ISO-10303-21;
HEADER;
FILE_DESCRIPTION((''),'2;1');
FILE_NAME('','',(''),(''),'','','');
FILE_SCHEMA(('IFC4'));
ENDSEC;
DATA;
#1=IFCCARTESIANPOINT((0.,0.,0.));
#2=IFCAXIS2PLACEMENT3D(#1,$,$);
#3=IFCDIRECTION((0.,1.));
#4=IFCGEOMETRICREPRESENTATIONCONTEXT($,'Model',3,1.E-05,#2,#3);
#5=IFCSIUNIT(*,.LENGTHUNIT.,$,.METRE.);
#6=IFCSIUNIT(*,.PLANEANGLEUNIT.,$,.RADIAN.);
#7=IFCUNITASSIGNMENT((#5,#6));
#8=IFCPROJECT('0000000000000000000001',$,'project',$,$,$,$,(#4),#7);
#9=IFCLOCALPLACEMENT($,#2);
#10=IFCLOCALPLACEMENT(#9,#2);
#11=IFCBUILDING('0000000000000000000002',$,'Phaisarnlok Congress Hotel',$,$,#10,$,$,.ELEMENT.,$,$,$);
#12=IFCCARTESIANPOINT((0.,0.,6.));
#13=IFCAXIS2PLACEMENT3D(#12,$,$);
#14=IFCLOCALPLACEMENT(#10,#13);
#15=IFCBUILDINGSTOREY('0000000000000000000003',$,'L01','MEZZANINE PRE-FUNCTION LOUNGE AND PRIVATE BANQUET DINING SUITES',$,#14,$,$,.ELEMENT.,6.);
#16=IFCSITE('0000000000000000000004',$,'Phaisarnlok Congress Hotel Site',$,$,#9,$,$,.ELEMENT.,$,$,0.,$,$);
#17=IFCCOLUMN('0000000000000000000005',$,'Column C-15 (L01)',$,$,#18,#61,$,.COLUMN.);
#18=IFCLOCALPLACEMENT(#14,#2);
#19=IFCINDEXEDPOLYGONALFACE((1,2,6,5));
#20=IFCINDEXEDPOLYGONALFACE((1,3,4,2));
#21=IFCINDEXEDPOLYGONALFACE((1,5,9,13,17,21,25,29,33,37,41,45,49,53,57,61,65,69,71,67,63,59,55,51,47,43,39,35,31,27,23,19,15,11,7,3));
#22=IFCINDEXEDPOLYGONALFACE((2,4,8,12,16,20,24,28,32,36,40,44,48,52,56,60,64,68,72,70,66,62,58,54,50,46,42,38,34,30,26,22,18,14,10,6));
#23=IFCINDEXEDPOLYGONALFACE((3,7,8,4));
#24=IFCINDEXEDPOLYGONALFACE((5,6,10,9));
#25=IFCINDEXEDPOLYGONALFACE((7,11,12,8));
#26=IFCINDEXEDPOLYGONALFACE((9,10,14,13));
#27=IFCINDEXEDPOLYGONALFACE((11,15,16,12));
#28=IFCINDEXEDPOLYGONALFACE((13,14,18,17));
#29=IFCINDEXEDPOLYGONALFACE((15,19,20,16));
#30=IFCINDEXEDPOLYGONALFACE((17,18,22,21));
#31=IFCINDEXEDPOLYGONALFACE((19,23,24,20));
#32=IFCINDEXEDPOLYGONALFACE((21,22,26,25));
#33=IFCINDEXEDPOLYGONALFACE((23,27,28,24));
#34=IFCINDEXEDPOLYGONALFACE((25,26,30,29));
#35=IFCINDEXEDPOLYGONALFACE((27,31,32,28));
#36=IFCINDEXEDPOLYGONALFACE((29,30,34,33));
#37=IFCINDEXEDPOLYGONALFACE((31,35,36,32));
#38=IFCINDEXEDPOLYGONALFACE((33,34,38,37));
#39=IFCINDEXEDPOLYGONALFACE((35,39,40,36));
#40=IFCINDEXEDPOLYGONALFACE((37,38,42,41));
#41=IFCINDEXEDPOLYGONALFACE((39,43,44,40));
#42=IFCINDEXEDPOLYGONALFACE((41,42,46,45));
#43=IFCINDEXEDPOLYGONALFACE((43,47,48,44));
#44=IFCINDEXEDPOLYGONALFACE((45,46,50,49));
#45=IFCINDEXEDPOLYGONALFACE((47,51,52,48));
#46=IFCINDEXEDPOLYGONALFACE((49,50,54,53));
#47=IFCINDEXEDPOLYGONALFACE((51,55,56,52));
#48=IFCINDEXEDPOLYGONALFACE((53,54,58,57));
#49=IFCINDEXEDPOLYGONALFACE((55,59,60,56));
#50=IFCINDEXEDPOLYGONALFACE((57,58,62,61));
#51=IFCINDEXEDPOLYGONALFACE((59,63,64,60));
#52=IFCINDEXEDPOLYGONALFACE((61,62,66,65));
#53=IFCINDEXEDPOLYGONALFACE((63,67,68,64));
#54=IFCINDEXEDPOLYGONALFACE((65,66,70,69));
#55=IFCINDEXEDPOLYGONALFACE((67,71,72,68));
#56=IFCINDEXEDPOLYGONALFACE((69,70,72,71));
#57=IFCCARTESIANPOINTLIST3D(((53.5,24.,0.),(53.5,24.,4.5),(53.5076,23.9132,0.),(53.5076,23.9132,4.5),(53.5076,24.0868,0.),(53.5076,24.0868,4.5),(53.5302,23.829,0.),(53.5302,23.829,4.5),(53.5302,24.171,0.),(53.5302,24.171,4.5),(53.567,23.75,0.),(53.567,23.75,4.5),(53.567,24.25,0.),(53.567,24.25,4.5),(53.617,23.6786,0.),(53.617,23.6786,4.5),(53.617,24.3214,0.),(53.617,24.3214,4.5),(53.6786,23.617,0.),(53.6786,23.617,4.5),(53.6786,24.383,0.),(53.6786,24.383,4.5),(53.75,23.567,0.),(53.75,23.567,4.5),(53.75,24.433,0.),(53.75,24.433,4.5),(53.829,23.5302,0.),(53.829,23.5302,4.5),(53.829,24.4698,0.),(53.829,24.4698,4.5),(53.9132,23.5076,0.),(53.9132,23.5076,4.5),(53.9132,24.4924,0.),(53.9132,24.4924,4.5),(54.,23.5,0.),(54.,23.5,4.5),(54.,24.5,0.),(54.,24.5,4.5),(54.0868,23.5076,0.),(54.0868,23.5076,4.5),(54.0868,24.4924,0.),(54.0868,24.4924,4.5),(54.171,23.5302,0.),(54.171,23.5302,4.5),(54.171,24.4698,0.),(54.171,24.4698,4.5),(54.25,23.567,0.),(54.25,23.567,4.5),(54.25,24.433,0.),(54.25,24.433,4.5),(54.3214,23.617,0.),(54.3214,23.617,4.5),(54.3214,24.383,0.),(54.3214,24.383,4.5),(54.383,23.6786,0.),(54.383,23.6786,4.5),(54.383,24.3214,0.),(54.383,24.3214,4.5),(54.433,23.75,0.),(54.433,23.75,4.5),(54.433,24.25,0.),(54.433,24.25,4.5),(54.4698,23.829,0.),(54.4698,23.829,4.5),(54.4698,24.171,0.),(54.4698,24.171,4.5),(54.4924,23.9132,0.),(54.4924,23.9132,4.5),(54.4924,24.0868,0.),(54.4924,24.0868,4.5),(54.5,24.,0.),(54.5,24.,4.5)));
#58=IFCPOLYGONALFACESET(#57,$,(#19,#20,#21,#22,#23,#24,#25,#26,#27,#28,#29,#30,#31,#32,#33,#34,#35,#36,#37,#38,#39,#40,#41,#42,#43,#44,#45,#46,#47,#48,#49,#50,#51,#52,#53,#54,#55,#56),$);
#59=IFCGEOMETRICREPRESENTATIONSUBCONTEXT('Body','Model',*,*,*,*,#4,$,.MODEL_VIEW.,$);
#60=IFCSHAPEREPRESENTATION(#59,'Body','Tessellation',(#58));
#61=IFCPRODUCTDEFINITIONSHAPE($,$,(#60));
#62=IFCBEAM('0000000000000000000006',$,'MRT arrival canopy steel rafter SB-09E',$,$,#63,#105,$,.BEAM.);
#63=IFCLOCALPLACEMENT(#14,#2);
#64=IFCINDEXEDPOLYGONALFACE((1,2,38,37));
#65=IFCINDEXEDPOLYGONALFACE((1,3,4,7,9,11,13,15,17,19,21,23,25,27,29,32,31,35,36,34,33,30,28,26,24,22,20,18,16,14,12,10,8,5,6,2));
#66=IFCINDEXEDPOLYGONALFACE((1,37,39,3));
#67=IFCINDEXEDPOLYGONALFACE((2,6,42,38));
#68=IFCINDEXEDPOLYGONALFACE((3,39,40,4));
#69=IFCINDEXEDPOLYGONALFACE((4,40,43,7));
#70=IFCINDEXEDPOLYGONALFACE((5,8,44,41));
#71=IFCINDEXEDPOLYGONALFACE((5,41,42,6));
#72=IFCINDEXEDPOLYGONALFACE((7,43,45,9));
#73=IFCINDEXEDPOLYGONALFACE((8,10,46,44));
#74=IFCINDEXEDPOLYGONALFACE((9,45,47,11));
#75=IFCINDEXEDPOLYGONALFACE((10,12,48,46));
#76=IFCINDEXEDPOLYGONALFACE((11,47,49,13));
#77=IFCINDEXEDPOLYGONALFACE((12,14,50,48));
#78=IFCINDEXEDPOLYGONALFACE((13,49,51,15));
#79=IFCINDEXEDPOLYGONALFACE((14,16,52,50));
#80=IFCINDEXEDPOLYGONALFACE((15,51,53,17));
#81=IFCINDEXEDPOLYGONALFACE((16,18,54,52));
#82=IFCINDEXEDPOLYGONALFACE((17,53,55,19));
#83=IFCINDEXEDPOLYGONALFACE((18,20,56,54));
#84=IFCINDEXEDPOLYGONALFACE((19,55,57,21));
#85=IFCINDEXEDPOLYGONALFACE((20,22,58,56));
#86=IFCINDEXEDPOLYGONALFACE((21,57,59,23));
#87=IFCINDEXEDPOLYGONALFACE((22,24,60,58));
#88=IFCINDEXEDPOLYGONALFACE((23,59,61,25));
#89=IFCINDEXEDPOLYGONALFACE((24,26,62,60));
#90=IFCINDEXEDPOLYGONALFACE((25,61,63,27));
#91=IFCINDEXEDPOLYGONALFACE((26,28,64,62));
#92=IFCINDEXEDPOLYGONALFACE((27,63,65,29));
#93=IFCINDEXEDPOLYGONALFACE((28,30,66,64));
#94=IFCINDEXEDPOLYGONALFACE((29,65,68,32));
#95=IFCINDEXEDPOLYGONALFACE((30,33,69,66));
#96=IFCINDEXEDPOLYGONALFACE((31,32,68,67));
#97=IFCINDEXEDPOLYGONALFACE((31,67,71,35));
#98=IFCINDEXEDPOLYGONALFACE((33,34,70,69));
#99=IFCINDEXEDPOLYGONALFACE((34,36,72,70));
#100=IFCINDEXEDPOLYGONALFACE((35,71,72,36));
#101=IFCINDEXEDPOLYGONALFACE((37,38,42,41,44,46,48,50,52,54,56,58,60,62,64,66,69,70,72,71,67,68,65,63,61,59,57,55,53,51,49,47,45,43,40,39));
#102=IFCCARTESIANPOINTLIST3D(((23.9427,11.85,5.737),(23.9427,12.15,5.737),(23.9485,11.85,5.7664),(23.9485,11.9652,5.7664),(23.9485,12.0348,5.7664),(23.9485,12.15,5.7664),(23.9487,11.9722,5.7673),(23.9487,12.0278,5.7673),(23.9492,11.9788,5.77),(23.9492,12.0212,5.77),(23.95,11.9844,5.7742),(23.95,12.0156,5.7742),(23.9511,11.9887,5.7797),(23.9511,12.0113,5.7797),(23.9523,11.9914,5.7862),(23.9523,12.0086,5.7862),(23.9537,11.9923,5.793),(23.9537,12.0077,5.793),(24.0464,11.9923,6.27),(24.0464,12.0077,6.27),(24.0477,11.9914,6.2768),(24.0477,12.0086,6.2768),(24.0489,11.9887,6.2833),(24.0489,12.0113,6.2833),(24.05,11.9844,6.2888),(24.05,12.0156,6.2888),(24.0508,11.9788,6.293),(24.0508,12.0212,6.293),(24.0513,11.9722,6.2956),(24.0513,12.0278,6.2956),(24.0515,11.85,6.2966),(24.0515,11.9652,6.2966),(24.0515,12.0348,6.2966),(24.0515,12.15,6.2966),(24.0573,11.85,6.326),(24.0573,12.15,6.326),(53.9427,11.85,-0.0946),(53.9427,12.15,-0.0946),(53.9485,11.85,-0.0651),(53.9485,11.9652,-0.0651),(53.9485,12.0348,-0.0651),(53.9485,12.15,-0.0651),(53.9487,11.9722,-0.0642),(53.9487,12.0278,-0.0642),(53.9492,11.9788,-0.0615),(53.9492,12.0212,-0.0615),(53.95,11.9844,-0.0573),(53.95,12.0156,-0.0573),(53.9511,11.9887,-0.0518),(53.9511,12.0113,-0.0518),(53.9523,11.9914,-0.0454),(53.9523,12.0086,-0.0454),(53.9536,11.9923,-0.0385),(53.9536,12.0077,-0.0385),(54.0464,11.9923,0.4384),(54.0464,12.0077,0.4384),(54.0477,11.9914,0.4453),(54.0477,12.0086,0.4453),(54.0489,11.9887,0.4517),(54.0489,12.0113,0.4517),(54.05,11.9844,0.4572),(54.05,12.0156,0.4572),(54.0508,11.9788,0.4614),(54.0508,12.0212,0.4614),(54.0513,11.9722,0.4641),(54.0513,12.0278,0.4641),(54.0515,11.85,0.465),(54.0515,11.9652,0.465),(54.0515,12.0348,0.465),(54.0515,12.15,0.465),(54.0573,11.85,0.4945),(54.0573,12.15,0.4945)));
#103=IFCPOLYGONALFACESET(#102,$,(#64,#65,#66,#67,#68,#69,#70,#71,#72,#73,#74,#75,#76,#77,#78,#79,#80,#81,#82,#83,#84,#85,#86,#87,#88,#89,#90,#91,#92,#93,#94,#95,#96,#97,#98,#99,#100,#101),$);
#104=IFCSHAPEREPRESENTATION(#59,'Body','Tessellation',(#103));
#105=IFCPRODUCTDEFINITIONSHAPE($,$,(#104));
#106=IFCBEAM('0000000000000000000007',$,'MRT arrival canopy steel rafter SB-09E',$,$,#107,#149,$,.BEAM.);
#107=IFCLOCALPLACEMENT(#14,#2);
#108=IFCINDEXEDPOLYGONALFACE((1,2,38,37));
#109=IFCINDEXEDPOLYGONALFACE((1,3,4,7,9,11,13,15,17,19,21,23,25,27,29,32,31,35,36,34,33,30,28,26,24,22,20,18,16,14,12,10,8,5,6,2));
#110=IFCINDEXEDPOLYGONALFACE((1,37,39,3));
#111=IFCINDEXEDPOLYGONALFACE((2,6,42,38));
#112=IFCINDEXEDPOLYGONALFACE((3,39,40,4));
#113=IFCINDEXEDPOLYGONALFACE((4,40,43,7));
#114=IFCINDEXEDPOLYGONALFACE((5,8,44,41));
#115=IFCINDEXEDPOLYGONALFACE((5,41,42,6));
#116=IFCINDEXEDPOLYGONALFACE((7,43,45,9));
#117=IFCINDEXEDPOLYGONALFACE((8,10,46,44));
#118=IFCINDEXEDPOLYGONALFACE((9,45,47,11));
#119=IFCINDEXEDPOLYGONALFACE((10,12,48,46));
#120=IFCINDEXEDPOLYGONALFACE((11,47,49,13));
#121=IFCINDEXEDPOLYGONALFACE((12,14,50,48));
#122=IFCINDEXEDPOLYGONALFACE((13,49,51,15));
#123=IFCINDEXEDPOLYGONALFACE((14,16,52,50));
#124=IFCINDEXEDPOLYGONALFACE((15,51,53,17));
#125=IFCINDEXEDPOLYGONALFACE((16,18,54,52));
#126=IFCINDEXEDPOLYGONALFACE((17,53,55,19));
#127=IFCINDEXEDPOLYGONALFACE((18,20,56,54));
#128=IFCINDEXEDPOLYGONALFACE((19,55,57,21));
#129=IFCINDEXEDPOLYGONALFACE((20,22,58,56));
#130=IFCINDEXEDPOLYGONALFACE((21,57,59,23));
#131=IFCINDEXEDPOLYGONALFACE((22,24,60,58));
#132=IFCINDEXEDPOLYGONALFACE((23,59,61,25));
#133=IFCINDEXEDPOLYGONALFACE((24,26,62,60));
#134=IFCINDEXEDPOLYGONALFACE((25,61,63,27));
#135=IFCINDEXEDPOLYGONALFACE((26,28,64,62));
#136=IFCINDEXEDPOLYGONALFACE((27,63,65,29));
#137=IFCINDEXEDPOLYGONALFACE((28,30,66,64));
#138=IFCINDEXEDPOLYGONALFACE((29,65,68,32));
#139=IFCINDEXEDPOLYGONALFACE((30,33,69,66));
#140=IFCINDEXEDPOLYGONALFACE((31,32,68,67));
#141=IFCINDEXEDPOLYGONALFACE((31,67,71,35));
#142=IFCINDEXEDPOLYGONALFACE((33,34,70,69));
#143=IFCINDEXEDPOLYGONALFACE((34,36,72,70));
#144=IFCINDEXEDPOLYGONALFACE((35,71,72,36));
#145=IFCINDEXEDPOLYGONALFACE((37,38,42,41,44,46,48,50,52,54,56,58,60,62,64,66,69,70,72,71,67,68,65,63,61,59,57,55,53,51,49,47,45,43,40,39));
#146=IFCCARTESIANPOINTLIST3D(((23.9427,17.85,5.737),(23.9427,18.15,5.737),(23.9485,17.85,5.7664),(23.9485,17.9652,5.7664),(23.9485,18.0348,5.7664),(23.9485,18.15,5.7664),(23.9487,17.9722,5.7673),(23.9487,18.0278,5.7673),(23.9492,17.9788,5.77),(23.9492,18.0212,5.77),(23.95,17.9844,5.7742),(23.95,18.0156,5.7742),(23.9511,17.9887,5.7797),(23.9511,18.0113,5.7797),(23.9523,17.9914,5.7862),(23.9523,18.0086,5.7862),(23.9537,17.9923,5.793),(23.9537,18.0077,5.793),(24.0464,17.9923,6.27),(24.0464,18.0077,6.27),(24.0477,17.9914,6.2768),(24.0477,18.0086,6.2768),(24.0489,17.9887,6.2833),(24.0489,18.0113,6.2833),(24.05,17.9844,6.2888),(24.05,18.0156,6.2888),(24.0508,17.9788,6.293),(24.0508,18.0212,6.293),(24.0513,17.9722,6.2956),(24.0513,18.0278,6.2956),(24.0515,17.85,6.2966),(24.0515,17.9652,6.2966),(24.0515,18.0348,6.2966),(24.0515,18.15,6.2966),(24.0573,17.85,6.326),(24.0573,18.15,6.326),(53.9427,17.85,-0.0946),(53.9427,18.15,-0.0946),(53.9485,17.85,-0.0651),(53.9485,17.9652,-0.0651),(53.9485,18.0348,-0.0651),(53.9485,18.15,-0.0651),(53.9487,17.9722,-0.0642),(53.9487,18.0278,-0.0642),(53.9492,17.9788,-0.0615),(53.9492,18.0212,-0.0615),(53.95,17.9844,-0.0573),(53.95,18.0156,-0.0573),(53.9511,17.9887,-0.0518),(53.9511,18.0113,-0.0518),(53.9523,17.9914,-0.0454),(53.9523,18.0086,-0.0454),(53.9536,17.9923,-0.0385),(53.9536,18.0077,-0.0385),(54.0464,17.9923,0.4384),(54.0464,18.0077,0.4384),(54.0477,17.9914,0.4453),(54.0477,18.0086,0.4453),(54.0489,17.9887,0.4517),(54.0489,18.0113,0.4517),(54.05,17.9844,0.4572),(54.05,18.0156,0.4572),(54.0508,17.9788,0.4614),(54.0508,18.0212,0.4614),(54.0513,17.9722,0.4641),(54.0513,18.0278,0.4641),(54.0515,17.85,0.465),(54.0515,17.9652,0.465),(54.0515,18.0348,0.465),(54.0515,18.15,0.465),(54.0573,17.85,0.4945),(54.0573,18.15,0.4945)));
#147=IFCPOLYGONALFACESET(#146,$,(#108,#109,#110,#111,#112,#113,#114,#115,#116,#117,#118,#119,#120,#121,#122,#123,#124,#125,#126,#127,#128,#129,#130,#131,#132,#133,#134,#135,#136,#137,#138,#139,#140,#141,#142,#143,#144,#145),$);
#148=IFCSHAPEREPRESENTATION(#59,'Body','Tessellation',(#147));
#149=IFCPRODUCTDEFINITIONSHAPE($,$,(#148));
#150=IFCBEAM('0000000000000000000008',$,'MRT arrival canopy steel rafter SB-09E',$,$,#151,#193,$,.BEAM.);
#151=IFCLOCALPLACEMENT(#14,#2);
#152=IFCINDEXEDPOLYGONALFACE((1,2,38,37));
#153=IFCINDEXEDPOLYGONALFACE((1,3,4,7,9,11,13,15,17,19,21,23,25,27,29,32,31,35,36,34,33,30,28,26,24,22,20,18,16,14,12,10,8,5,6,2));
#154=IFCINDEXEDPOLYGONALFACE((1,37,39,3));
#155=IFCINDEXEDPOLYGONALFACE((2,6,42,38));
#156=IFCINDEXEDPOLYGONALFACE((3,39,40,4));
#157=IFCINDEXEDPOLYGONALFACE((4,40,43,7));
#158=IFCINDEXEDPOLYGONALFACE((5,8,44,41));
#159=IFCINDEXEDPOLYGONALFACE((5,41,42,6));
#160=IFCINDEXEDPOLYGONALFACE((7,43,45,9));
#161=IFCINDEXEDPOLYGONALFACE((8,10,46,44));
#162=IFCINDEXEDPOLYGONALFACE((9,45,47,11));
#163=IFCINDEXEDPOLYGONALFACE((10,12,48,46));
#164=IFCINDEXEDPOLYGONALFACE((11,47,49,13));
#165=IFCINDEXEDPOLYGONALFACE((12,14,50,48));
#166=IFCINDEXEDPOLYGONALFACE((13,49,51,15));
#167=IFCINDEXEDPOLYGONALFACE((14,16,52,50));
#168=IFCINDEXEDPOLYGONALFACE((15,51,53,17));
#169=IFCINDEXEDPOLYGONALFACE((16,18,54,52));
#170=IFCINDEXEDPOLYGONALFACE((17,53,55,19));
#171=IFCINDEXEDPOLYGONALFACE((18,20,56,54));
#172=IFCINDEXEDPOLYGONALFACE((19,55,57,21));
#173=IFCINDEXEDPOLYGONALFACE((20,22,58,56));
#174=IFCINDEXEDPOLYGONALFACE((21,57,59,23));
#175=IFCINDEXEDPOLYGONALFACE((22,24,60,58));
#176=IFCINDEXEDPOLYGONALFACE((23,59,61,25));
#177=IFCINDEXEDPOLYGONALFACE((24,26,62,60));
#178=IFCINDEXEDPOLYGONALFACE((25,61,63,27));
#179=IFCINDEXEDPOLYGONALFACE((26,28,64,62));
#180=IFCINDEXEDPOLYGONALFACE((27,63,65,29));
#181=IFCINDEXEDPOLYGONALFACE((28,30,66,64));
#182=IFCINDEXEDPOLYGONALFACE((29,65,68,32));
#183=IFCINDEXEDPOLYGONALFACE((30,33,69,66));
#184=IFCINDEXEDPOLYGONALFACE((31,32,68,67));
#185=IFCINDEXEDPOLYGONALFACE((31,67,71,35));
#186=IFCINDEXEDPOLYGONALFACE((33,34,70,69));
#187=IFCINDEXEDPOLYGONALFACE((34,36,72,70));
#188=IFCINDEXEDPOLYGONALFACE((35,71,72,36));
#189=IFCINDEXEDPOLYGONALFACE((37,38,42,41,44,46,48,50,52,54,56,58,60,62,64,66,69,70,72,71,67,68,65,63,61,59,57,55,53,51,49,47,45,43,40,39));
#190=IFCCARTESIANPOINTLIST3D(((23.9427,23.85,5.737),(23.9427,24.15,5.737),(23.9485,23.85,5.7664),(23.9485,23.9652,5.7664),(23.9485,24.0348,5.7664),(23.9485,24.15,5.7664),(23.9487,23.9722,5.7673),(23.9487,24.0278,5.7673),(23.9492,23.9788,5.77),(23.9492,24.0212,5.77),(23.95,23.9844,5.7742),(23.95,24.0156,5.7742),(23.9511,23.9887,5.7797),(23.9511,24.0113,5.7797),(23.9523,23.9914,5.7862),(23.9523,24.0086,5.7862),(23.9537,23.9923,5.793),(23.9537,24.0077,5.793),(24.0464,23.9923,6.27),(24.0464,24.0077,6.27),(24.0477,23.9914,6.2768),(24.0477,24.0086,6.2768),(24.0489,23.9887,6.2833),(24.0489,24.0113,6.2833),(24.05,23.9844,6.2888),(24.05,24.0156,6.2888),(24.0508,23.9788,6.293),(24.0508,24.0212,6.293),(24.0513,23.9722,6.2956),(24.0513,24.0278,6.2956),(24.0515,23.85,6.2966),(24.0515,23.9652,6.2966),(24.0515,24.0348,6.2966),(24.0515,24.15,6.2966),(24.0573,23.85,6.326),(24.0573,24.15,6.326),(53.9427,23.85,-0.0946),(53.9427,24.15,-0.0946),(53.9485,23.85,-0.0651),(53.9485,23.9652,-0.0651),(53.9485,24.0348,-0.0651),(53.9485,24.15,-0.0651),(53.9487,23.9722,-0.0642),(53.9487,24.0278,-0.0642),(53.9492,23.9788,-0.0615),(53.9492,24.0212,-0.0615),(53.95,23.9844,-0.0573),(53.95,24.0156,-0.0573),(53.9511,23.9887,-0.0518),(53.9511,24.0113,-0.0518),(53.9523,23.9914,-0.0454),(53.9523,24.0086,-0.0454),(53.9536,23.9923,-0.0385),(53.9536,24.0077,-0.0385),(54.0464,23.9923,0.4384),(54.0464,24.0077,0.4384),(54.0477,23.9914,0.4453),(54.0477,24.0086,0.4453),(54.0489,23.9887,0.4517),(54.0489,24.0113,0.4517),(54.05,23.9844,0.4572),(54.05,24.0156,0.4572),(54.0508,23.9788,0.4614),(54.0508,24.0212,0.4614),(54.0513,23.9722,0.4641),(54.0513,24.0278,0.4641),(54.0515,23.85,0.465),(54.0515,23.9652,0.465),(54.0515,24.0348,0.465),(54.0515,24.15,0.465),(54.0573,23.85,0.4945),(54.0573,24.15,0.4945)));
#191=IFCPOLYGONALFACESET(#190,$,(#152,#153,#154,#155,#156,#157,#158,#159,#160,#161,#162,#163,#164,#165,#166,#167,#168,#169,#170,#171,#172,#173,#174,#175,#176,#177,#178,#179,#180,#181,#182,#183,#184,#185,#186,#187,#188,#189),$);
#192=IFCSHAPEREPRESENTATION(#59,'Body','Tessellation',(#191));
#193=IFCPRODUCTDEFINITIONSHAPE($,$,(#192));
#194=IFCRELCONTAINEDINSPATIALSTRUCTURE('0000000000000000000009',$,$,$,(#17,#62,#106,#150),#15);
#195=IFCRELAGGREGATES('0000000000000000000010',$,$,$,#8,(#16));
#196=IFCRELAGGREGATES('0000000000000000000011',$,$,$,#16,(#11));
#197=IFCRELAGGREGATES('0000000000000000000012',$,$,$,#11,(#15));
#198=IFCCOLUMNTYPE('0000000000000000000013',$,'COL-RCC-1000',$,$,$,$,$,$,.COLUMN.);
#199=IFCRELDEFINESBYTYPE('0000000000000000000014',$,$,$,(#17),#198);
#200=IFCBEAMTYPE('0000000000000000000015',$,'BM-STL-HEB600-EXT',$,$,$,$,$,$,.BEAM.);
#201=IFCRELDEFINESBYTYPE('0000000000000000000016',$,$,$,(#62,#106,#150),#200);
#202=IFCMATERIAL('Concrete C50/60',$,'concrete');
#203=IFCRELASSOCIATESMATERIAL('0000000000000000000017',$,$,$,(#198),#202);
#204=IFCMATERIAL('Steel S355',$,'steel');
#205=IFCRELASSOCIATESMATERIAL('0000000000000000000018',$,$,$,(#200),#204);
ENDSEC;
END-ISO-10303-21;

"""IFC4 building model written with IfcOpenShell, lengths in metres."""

from ifc_helpers import new_model, si_unit, direction, frame, origin, origin_2d, place, context, subcontext, project, spatial, circle, i_section, extrude, material, material_profile, profile_set, type_object, element, save


model = new_model("IFC4")

# Units and contexts
model_context = context("Model", 3, precision=1e-05, world=origin(), true_north=direction((0.0, 1.0)))
body_context = subcontext(model_context, "Body", "Model", "MODEL_VIEW")
ifc_project = project(units=[si_unit("LENGTHUNIT", "METRE"), si_unit("PLANEANGLEUNIT", "RADIAN")], contexts=[model_context])

# Site, building, storey
site_placement = place(None, origin())
site = spatial("IfcSite", under=ifc_project, at=site_placement, Name="Phaisarnlok Congress Hotel Site", CompositionType="ELEMENT", RefElevation=0.0)
building_placement = place(site_placement, origin())
building = spatial("IfcBuilding", under=site, at=building_placement, Name="Phaisarnlok Congress Hotel", CompositionType="ELEMENT")
storey_placement = place(building_placement, frame((0.0, 0.0, 6.0)))
storey = spatial("IfcBuildingStorey", under=building, at=storey_placement, Name="L01", Description="MEZZANINE PRE-FUNCTION LOUNGE AND PRIVATE BANQUET DINING SUITES", CompositionType="ELEMENT", Elevation=6.0)

# Column
ifc_material_1 = material(Name="Concrete C50/60", Category="concrete")
ifc_material_profile_1 = material_profile(ifc_material_1, circle(Radius=0.5, at=origin_2d()), Name="RCC D1000")
ifc_profile_set_1 = profile_set([ifc_material_profile_1], Name="Concrete C50/60")
column_type = type_object("IfcColumnType", Name="COL-RCC-1000", PredefinedType="COLUMN", material=ifc_profile_set_1)
column_placement = place(storey_placement, frame((54.0, 24.0, 0.0), z_axis=(0.0, 0.0, 1.0), x_axis=(1.0, 0.0, 0.0)))
element("IfcColumn", 1, at=column_placement, inside=storey, type_object=column_type, Name="Column C-15 (L01)", PredefinedType="COLUMN", context=body_context, shape_type="SweptSolid", body=[
    extrude(circle(Radius=0.5, at=origin_2d()), origin(), (0.0, 0.0, 1.0), 4.5),
])

# Beams
ifc_material_2 = material(Name="Steel S355", Category="steel")
ifc_material_profile_2 = material_profile(ifc_material_2, i_section(OverallWidth=0.3, OverallDepth=0.6001, WebThickness=0.0154, FlangeThickness=0.03, FilletRadius=0.0271, at=origin_2d()), Name="HEB 600")
ifc_profile_set_2 = profile_set([ifc_material_profile_2], Name="Steel S355")
beam_type_1 = type_object("IfcBeamType", Name="BM-STL-HEB600-EXT", PredefinedType="BEAM", material=ifc_profile_set_2)
for number, where, z_axis, x_axis, name in (
    (2, (54.0, 12.0, 0.2), (-0.981626, 0.0, 0.190813), (0.0, -1.0, 0.0), "MRT arrival canopy steel rafter SB-09E"),
    (3, (54.0, 18.0, 0.2), (-0.981626, 0.0, 0.190813), (0.0, -1.0, 0.0), "MRT arrival canopy steel rafter SB-09E"),
    (4, (54.0, 24.0, 0.2), (-0.981626, 0.0, 0.190813), (0.0, -1.0, 0.0), "MRT arrival canopy steel rafter SB-09E"),
):
    element("IfcBeam", number, at=place(storey_placement, frame(where, z_axis=z_axis, x_axis=x_axis)), inside=storey, type_object=beam_type_1, Name=name, PredefinedType="BEAM", context=body_context, shape_type="SweptSolid", body=[
        extrude(i_section(OverallWidth=0.3, OverallDepth=0.6001, WebThickness=0.0154, FlangeThickness=0.03, FilletRadius=0.0271, at=origin_2d()), origin(), (0.0, 0.0, 1.0), 30.5615),
    ])

save(model, "model.ifc")
